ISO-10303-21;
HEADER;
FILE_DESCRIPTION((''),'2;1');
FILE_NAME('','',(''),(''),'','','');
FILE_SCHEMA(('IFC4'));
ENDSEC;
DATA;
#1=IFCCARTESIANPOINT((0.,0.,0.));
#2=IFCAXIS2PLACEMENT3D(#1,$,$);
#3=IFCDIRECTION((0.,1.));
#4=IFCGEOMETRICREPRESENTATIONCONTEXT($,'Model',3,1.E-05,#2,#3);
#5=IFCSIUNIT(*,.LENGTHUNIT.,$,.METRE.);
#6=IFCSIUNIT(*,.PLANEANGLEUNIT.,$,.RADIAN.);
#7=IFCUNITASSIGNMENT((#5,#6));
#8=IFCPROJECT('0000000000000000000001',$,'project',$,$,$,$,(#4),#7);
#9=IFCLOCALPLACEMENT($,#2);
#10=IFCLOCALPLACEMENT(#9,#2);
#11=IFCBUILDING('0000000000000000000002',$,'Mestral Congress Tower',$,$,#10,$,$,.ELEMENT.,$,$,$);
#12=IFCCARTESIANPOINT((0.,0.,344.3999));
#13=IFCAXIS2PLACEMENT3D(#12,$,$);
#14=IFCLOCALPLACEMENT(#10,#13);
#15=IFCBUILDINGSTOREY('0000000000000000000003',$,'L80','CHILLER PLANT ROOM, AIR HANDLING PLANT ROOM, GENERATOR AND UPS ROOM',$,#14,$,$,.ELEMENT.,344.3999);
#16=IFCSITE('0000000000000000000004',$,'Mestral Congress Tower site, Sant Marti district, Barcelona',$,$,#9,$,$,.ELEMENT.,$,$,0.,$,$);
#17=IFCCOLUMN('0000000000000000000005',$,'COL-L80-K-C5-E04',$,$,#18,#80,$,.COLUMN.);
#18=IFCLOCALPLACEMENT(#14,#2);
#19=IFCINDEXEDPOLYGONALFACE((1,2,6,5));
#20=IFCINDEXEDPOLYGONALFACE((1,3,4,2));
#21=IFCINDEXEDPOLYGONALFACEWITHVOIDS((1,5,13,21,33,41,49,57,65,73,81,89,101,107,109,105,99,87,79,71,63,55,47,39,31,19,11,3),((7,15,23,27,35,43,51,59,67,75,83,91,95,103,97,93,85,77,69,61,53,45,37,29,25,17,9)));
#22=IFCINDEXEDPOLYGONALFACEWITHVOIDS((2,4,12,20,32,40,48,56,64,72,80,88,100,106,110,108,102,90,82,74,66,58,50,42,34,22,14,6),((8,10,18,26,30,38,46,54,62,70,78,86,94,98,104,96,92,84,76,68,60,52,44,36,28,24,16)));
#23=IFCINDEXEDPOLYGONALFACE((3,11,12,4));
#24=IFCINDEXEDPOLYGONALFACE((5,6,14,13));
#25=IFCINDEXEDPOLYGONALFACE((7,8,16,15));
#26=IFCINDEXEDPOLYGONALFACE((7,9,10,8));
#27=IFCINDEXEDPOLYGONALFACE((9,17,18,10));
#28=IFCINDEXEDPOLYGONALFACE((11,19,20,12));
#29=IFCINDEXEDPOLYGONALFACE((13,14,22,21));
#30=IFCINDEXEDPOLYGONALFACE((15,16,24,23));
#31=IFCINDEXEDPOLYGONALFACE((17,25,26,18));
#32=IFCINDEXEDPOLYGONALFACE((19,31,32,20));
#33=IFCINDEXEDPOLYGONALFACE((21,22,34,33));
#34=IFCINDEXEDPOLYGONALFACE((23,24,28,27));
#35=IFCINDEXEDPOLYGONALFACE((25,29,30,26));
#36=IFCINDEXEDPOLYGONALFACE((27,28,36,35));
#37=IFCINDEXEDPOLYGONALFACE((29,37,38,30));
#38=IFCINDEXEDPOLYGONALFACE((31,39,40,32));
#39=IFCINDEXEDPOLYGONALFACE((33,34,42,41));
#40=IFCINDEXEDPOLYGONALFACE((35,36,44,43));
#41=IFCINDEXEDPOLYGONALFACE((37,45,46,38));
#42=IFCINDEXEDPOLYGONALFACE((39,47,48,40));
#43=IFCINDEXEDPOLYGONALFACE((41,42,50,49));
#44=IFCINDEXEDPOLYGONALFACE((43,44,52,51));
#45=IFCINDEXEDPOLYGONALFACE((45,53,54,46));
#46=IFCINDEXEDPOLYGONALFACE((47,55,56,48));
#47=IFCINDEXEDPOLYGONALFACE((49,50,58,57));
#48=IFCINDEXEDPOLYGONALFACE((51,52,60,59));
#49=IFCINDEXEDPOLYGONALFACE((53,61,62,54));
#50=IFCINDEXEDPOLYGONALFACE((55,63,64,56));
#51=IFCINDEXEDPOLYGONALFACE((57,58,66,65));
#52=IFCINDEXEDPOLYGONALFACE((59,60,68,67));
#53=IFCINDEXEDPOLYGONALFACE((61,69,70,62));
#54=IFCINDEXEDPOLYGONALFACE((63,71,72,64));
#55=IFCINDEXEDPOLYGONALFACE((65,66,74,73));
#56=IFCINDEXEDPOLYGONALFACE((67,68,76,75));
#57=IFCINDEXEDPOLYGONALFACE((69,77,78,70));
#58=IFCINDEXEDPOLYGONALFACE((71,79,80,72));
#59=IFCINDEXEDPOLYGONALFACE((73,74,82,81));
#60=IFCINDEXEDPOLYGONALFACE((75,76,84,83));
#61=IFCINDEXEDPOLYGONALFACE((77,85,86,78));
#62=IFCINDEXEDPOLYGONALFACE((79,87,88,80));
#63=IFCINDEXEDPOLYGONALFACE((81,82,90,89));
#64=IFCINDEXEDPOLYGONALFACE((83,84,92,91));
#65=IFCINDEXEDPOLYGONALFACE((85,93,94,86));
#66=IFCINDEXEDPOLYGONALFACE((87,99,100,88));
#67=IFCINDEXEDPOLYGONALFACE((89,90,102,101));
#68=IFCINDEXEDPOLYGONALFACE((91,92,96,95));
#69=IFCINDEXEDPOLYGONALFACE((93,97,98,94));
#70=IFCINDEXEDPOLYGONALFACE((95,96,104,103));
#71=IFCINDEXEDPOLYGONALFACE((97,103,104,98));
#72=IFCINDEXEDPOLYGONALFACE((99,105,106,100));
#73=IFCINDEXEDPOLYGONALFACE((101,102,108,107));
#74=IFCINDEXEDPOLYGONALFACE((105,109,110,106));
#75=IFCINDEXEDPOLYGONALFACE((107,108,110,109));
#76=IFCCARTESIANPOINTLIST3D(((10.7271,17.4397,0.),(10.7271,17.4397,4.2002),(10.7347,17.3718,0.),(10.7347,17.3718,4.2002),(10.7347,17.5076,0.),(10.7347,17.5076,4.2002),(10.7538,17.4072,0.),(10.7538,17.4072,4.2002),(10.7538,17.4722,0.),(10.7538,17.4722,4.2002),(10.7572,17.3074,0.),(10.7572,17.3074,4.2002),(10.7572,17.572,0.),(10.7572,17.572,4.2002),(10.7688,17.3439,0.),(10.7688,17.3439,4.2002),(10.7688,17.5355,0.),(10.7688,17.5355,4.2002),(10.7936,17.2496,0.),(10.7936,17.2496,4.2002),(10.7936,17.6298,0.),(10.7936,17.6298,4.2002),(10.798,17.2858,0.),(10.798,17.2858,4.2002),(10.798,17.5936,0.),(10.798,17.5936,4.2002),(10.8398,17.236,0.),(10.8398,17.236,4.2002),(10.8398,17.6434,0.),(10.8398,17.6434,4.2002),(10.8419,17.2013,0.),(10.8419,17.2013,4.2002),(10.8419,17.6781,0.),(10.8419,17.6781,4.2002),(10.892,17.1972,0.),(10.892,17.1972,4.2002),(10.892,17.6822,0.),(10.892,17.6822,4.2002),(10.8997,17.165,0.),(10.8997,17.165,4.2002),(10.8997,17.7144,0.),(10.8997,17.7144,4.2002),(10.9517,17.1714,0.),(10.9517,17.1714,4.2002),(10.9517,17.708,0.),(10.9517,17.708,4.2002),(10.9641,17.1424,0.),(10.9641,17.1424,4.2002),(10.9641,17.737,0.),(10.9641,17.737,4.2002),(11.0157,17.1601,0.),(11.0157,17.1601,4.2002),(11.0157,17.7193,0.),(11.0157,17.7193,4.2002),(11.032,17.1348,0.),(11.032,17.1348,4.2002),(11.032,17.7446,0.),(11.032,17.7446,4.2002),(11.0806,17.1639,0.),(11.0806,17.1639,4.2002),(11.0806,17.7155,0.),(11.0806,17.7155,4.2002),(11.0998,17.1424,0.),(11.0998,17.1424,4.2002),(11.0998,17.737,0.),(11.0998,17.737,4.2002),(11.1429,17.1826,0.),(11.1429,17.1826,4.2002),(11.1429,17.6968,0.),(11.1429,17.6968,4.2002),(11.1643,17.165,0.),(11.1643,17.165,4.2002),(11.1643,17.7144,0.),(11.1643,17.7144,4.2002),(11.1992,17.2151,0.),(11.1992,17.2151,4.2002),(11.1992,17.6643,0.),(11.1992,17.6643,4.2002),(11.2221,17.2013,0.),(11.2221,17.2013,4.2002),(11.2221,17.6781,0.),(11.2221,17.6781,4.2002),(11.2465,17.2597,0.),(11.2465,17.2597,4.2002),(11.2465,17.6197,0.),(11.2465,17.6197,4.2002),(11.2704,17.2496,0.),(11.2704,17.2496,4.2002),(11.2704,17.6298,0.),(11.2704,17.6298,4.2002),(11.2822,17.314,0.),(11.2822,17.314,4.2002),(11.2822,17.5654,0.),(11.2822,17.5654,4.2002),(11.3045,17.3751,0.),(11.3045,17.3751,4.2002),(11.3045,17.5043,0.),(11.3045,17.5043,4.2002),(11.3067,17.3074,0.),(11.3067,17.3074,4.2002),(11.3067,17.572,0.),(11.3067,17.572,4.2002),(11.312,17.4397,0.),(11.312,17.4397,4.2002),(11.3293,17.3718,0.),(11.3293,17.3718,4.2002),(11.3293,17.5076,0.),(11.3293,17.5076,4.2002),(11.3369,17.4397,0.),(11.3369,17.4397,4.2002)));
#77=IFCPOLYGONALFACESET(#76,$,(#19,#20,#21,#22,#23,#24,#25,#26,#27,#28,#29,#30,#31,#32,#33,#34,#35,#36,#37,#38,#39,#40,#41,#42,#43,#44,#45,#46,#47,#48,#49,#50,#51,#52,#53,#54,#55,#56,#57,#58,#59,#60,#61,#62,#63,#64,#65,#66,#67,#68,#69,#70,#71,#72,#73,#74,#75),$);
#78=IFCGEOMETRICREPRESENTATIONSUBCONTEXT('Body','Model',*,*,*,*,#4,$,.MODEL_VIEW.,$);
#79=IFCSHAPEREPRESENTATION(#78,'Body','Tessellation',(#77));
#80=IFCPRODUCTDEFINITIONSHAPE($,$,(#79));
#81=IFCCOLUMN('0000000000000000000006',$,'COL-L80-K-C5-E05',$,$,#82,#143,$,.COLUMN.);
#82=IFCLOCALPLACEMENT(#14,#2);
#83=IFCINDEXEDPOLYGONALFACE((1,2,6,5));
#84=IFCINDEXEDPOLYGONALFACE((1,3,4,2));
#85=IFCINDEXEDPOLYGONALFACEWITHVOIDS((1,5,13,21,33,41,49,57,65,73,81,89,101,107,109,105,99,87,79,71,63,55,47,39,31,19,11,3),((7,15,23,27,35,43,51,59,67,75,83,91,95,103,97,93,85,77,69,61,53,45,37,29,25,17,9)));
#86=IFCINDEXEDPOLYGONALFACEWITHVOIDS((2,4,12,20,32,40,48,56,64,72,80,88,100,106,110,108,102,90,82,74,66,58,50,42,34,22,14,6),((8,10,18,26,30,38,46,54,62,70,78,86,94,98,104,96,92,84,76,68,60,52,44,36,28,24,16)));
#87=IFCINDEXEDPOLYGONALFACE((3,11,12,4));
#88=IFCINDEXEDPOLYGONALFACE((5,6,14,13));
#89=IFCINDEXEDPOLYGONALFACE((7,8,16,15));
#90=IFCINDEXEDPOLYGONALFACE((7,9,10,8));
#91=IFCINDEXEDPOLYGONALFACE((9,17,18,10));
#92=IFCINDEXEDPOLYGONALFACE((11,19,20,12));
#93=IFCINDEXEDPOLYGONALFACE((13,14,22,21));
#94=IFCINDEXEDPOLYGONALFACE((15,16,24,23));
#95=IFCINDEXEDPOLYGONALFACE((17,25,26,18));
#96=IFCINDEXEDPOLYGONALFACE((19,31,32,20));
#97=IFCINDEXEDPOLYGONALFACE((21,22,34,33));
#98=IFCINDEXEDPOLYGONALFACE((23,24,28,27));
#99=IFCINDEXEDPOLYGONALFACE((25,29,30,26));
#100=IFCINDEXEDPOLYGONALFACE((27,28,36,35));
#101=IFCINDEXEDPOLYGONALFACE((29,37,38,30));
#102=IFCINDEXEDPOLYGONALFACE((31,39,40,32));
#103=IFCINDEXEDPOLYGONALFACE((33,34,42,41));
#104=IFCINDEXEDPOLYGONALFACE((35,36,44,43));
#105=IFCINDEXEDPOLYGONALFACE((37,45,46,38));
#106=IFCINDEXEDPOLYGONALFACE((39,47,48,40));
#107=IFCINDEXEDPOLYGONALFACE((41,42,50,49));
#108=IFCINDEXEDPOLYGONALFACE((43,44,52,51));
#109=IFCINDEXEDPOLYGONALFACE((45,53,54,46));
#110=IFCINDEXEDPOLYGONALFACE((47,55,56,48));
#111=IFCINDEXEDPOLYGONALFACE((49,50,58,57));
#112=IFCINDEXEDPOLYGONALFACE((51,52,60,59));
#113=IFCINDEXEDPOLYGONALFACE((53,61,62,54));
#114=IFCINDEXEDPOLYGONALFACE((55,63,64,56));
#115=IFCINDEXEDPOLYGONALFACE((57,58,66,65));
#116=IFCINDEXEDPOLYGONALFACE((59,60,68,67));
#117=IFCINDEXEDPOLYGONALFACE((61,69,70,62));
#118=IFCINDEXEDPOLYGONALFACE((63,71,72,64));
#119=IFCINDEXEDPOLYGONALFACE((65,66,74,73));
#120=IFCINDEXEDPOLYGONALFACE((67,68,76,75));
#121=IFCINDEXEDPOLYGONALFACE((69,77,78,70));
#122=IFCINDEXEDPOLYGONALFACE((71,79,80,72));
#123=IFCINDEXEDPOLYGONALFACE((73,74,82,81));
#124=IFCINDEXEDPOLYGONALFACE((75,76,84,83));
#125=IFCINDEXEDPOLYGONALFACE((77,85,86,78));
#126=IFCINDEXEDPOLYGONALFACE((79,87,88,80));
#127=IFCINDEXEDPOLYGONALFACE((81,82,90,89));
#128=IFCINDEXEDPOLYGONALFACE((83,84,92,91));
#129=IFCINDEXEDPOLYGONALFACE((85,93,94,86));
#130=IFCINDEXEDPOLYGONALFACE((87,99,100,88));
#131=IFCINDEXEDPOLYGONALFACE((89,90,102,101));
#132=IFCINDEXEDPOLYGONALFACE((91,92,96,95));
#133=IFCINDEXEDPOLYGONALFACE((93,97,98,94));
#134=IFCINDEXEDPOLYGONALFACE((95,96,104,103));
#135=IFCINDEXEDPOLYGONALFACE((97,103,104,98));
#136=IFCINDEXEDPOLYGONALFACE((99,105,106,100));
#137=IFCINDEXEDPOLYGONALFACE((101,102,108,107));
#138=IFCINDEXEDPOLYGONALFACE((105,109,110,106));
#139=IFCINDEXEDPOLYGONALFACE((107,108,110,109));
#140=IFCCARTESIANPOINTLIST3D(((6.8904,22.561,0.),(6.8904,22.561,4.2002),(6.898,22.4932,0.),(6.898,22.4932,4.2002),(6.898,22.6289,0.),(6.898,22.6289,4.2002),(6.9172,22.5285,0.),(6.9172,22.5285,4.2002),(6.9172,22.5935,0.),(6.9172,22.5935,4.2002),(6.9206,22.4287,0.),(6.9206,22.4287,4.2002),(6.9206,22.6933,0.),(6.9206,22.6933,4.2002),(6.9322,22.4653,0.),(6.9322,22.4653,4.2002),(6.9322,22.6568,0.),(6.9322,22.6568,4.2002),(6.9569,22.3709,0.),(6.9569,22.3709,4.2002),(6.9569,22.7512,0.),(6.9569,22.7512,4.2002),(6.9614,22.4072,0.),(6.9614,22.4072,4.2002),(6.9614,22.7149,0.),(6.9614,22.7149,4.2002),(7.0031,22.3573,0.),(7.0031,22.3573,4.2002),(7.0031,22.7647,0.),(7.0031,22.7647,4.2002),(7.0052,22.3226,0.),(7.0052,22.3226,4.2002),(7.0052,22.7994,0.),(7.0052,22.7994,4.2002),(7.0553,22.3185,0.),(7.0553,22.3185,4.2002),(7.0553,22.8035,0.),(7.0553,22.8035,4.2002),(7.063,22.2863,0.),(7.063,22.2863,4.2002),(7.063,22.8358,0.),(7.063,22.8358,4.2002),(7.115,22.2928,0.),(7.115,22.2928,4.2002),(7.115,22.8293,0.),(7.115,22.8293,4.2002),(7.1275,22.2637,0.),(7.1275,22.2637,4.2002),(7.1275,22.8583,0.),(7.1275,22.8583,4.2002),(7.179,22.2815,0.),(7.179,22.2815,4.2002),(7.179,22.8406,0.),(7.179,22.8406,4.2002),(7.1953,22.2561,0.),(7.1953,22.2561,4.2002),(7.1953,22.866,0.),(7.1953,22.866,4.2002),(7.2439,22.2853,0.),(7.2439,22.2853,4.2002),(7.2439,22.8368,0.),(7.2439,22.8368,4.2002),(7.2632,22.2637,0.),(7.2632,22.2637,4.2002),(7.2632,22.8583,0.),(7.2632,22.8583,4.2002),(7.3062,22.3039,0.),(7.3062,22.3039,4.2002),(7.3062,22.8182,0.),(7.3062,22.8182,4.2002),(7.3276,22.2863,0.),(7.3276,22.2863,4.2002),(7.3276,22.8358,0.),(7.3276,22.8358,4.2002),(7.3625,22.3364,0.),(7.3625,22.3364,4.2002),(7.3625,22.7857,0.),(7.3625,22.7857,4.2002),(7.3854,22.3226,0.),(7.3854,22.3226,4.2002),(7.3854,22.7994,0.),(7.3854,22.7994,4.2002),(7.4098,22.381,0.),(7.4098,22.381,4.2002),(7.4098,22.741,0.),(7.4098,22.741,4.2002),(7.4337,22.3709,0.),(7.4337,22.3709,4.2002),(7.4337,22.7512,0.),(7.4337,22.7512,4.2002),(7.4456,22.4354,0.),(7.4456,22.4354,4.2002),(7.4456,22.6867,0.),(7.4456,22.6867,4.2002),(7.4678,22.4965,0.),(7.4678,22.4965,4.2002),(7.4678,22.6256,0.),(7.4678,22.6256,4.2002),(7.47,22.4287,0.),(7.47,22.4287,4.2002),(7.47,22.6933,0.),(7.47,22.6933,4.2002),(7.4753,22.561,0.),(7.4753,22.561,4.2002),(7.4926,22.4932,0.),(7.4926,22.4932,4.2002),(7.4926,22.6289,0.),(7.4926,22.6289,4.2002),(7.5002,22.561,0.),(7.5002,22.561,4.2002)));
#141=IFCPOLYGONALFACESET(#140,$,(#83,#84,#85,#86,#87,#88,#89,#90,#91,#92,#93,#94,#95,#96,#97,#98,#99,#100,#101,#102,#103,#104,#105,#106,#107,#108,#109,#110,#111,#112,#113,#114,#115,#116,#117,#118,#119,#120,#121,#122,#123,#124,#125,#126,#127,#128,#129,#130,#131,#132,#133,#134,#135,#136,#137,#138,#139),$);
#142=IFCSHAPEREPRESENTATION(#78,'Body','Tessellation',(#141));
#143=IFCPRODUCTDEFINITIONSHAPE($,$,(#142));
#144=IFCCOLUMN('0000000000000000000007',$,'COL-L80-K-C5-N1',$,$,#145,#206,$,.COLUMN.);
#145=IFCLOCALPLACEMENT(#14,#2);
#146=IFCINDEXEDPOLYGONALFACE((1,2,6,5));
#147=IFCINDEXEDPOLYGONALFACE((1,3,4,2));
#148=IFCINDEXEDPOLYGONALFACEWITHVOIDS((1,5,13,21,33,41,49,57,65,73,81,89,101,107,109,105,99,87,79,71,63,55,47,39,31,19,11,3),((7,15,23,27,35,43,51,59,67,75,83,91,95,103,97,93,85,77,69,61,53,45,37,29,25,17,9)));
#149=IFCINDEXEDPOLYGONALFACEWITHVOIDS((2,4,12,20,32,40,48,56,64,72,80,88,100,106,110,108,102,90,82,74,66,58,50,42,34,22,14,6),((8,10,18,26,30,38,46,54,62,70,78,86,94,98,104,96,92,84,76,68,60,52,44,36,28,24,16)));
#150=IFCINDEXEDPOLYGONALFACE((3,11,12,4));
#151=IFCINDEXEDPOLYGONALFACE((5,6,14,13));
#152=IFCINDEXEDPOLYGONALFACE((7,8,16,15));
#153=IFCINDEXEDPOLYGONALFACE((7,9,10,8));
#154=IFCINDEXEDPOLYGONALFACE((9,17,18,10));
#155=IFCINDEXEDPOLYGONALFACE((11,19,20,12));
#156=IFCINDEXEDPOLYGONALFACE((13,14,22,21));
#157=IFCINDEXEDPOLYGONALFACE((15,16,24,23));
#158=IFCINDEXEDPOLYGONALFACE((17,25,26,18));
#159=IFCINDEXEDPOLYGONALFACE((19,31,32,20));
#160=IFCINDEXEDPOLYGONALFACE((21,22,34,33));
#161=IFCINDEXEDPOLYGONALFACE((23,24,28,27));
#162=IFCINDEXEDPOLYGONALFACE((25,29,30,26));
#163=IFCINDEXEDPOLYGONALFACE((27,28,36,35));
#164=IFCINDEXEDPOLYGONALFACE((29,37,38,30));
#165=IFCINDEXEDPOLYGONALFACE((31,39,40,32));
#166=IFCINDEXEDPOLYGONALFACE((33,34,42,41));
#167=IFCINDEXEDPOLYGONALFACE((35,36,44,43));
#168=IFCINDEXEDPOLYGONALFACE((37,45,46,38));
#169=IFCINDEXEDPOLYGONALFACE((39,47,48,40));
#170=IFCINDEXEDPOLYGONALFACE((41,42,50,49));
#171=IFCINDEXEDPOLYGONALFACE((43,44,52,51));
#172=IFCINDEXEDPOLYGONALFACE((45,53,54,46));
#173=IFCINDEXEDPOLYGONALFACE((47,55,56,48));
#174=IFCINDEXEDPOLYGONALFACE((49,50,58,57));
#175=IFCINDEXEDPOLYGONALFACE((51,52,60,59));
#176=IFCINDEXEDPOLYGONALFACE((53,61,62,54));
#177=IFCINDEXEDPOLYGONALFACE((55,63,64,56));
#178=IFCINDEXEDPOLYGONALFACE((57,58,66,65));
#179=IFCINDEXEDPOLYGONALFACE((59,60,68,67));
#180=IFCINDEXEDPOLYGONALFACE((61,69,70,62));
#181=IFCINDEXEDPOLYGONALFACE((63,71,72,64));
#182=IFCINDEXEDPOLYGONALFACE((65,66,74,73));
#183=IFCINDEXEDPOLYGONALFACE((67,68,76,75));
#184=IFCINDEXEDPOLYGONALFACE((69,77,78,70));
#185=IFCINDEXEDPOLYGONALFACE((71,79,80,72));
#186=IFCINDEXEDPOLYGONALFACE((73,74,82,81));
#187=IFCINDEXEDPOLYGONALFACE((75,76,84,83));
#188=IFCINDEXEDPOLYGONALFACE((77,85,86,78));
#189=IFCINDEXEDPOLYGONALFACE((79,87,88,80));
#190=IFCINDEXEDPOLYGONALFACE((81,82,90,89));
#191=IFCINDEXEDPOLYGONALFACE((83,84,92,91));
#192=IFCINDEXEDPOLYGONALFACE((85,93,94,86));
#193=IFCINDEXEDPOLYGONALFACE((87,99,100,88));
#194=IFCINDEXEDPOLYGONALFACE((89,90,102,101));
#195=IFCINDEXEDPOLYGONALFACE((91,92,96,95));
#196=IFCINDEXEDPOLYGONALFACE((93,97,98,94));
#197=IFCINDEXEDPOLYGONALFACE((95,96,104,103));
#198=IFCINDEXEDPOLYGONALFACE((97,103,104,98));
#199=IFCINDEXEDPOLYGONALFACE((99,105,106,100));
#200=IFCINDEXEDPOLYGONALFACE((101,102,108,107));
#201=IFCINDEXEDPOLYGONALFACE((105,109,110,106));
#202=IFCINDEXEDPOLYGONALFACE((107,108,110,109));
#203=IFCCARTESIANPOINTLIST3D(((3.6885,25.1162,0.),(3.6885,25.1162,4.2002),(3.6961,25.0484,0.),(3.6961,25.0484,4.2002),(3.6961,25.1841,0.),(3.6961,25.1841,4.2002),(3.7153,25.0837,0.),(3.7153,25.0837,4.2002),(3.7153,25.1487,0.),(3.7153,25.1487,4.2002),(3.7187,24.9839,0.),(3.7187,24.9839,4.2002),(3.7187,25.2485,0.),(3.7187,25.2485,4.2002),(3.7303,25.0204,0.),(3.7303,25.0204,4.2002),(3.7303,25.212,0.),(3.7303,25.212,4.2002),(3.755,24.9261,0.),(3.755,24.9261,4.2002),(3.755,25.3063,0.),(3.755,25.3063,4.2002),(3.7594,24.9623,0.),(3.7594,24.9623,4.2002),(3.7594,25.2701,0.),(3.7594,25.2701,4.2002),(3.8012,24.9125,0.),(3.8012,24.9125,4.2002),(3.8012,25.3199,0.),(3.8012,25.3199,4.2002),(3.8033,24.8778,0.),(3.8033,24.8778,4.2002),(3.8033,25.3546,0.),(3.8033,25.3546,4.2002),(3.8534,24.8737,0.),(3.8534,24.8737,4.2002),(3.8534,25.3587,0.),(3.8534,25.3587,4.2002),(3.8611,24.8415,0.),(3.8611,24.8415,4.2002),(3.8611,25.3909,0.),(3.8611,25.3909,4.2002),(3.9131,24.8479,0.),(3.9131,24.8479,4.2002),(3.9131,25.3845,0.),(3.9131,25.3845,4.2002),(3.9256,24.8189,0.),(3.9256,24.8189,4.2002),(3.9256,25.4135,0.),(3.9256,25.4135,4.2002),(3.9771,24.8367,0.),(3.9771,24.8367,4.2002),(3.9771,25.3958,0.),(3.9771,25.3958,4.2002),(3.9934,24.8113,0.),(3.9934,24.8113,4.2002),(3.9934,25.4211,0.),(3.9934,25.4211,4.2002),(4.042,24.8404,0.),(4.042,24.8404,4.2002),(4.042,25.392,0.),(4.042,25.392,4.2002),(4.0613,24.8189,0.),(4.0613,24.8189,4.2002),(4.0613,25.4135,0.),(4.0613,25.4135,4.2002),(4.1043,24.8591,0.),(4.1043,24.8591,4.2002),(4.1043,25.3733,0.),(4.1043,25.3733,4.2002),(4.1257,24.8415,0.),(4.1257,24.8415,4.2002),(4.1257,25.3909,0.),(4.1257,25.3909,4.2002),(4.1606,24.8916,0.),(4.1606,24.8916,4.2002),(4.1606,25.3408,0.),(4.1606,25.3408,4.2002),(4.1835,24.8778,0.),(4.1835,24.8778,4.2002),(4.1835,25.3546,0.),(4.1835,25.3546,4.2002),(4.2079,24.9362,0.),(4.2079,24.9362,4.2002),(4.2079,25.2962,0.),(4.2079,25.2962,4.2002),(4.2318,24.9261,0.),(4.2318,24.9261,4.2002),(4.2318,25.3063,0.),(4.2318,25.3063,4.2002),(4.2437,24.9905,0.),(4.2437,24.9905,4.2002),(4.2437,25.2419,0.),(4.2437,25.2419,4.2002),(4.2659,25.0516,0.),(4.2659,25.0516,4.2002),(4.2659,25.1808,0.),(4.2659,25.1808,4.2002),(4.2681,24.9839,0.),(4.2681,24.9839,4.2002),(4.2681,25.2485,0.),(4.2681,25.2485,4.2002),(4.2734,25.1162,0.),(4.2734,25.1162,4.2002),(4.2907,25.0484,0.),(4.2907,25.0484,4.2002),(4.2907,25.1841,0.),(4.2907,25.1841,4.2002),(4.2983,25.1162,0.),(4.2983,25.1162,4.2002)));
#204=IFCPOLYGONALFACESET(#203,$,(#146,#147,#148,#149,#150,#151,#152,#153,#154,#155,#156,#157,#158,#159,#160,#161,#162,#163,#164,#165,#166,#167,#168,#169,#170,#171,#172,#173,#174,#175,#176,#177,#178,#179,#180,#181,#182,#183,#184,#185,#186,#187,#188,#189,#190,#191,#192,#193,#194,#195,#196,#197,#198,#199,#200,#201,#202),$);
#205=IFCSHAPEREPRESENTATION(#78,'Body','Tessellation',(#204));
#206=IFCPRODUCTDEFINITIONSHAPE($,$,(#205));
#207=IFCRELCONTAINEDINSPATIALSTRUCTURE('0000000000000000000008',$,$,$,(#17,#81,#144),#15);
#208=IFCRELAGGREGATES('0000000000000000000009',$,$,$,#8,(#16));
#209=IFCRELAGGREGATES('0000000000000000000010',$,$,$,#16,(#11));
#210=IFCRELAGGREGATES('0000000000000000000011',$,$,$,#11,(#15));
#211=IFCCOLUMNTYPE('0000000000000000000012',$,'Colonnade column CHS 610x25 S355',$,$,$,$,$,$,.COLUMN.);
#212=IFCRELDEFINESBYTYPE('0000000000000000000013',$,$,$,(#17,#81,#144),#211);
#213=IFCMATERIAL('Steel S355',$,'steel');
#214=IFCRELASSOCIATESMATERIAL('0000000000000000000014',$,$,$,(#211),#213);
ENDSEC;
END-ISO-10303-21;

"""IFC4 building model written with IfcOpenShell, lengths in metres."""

from ifc_helpers import new_model, si_unit, direction, frame, origin, origin_2d, place, context, subcontext, project, spatial, hollow_circle, extrude, material, material_profile, profile_set, type_object, element, save


model = new_model("IFC4")

# Units and contexts
model_context = context("Model", 3, precision=1e-05, world=origin(), true_north=direction((0.0, 1.0)))
body_context = subcontext(model_context, "Body", "Model", "MODEL_VIEW")
ifc_project = project(units=[si_unit("LENGTHUNIT", "METRE"), si_unit("PLANEANGLEUNIT", "RADIAN")], contexts=[model_context])

# Site, building, storey
site_placement = place(None, origin())
site = spatial("IfcSite", under=ifc_project, at=site_placement, Name="Mestral Congress Tower site, Sant Marti district, Barcelona", CompositionType="ELEMENT", RefElevation=0.0)
building_placement = place(site_placement, origin())
building = spatial("IfcBuilding", under=site, at=building_placement, Name="Mestral Congress Tower", CompositionType="ELEMENT")
storey_placement = place(building_placement, frame((0.0, 0.0, 344.3999)))
storey = spatial("IfcBuildingStorey", under=building, at=storey_placement, Name="L80", Description="CHILLER PLANT ROOM, AIR HANDLING PLANT ROOM, GENERATOR AND UPS ROOM", CompositionType="ELEMENT", Elevation=344.3999)

# Columns
ifc_material_1 = material(Name="Steel S355", Category="steel")
ifc_material_profile_1 = material_profile(ifc_material_1, hollow_circle(Radius=0.3049, WallThickness=0.0249, at=origin_2d()), Name="CHS 610x25")
ifc_profile_set_1 = profile_set([ifc_material_profile_1], Name="Steel S355")
column_type = type_object("IfcColumnType", Name="Colonnade column CHS 610x25 S355", PredefinedType="COLUMN", material=ifc_profile_set_1)
for number, where, z_axis, x_axis, name in (
    (1, (11.032, 17.4397, 0.0), (0.0, 0.0, 1.0), (1.0, 0.0, 0.0), "COL-L80-K-C5-E04"),
    (2, (7.1953, 22.561, 0.0), (0.0, 0.0, 1.0), (1.0, 0.0, 0.0), "COL-L80-K-C5-E05"),
    (3, (3.9934, 25.1162, 0.0), (0.0, 0.0, 1.0), (1.0, 0.0, 0.0), "COL-L80-K-C5-N1"),
):
    element("IfcColumn", number, at=place(storey_placement, frame(where, z_axis=z_axis, x_axis=x_axis)), inside=storey, type_object=column_type, Name=name, PredefinedType="COLUMN", context=body_context, shape_type="SweptSolid", body=[
        extrude(hollow_circle(Radius=0.3049, WallThickness=0.0249, at=origin_2d()), origin(), (0.0, 0.0, 1.0), 4.2002),
    ])

save(model, "model.ifc")
